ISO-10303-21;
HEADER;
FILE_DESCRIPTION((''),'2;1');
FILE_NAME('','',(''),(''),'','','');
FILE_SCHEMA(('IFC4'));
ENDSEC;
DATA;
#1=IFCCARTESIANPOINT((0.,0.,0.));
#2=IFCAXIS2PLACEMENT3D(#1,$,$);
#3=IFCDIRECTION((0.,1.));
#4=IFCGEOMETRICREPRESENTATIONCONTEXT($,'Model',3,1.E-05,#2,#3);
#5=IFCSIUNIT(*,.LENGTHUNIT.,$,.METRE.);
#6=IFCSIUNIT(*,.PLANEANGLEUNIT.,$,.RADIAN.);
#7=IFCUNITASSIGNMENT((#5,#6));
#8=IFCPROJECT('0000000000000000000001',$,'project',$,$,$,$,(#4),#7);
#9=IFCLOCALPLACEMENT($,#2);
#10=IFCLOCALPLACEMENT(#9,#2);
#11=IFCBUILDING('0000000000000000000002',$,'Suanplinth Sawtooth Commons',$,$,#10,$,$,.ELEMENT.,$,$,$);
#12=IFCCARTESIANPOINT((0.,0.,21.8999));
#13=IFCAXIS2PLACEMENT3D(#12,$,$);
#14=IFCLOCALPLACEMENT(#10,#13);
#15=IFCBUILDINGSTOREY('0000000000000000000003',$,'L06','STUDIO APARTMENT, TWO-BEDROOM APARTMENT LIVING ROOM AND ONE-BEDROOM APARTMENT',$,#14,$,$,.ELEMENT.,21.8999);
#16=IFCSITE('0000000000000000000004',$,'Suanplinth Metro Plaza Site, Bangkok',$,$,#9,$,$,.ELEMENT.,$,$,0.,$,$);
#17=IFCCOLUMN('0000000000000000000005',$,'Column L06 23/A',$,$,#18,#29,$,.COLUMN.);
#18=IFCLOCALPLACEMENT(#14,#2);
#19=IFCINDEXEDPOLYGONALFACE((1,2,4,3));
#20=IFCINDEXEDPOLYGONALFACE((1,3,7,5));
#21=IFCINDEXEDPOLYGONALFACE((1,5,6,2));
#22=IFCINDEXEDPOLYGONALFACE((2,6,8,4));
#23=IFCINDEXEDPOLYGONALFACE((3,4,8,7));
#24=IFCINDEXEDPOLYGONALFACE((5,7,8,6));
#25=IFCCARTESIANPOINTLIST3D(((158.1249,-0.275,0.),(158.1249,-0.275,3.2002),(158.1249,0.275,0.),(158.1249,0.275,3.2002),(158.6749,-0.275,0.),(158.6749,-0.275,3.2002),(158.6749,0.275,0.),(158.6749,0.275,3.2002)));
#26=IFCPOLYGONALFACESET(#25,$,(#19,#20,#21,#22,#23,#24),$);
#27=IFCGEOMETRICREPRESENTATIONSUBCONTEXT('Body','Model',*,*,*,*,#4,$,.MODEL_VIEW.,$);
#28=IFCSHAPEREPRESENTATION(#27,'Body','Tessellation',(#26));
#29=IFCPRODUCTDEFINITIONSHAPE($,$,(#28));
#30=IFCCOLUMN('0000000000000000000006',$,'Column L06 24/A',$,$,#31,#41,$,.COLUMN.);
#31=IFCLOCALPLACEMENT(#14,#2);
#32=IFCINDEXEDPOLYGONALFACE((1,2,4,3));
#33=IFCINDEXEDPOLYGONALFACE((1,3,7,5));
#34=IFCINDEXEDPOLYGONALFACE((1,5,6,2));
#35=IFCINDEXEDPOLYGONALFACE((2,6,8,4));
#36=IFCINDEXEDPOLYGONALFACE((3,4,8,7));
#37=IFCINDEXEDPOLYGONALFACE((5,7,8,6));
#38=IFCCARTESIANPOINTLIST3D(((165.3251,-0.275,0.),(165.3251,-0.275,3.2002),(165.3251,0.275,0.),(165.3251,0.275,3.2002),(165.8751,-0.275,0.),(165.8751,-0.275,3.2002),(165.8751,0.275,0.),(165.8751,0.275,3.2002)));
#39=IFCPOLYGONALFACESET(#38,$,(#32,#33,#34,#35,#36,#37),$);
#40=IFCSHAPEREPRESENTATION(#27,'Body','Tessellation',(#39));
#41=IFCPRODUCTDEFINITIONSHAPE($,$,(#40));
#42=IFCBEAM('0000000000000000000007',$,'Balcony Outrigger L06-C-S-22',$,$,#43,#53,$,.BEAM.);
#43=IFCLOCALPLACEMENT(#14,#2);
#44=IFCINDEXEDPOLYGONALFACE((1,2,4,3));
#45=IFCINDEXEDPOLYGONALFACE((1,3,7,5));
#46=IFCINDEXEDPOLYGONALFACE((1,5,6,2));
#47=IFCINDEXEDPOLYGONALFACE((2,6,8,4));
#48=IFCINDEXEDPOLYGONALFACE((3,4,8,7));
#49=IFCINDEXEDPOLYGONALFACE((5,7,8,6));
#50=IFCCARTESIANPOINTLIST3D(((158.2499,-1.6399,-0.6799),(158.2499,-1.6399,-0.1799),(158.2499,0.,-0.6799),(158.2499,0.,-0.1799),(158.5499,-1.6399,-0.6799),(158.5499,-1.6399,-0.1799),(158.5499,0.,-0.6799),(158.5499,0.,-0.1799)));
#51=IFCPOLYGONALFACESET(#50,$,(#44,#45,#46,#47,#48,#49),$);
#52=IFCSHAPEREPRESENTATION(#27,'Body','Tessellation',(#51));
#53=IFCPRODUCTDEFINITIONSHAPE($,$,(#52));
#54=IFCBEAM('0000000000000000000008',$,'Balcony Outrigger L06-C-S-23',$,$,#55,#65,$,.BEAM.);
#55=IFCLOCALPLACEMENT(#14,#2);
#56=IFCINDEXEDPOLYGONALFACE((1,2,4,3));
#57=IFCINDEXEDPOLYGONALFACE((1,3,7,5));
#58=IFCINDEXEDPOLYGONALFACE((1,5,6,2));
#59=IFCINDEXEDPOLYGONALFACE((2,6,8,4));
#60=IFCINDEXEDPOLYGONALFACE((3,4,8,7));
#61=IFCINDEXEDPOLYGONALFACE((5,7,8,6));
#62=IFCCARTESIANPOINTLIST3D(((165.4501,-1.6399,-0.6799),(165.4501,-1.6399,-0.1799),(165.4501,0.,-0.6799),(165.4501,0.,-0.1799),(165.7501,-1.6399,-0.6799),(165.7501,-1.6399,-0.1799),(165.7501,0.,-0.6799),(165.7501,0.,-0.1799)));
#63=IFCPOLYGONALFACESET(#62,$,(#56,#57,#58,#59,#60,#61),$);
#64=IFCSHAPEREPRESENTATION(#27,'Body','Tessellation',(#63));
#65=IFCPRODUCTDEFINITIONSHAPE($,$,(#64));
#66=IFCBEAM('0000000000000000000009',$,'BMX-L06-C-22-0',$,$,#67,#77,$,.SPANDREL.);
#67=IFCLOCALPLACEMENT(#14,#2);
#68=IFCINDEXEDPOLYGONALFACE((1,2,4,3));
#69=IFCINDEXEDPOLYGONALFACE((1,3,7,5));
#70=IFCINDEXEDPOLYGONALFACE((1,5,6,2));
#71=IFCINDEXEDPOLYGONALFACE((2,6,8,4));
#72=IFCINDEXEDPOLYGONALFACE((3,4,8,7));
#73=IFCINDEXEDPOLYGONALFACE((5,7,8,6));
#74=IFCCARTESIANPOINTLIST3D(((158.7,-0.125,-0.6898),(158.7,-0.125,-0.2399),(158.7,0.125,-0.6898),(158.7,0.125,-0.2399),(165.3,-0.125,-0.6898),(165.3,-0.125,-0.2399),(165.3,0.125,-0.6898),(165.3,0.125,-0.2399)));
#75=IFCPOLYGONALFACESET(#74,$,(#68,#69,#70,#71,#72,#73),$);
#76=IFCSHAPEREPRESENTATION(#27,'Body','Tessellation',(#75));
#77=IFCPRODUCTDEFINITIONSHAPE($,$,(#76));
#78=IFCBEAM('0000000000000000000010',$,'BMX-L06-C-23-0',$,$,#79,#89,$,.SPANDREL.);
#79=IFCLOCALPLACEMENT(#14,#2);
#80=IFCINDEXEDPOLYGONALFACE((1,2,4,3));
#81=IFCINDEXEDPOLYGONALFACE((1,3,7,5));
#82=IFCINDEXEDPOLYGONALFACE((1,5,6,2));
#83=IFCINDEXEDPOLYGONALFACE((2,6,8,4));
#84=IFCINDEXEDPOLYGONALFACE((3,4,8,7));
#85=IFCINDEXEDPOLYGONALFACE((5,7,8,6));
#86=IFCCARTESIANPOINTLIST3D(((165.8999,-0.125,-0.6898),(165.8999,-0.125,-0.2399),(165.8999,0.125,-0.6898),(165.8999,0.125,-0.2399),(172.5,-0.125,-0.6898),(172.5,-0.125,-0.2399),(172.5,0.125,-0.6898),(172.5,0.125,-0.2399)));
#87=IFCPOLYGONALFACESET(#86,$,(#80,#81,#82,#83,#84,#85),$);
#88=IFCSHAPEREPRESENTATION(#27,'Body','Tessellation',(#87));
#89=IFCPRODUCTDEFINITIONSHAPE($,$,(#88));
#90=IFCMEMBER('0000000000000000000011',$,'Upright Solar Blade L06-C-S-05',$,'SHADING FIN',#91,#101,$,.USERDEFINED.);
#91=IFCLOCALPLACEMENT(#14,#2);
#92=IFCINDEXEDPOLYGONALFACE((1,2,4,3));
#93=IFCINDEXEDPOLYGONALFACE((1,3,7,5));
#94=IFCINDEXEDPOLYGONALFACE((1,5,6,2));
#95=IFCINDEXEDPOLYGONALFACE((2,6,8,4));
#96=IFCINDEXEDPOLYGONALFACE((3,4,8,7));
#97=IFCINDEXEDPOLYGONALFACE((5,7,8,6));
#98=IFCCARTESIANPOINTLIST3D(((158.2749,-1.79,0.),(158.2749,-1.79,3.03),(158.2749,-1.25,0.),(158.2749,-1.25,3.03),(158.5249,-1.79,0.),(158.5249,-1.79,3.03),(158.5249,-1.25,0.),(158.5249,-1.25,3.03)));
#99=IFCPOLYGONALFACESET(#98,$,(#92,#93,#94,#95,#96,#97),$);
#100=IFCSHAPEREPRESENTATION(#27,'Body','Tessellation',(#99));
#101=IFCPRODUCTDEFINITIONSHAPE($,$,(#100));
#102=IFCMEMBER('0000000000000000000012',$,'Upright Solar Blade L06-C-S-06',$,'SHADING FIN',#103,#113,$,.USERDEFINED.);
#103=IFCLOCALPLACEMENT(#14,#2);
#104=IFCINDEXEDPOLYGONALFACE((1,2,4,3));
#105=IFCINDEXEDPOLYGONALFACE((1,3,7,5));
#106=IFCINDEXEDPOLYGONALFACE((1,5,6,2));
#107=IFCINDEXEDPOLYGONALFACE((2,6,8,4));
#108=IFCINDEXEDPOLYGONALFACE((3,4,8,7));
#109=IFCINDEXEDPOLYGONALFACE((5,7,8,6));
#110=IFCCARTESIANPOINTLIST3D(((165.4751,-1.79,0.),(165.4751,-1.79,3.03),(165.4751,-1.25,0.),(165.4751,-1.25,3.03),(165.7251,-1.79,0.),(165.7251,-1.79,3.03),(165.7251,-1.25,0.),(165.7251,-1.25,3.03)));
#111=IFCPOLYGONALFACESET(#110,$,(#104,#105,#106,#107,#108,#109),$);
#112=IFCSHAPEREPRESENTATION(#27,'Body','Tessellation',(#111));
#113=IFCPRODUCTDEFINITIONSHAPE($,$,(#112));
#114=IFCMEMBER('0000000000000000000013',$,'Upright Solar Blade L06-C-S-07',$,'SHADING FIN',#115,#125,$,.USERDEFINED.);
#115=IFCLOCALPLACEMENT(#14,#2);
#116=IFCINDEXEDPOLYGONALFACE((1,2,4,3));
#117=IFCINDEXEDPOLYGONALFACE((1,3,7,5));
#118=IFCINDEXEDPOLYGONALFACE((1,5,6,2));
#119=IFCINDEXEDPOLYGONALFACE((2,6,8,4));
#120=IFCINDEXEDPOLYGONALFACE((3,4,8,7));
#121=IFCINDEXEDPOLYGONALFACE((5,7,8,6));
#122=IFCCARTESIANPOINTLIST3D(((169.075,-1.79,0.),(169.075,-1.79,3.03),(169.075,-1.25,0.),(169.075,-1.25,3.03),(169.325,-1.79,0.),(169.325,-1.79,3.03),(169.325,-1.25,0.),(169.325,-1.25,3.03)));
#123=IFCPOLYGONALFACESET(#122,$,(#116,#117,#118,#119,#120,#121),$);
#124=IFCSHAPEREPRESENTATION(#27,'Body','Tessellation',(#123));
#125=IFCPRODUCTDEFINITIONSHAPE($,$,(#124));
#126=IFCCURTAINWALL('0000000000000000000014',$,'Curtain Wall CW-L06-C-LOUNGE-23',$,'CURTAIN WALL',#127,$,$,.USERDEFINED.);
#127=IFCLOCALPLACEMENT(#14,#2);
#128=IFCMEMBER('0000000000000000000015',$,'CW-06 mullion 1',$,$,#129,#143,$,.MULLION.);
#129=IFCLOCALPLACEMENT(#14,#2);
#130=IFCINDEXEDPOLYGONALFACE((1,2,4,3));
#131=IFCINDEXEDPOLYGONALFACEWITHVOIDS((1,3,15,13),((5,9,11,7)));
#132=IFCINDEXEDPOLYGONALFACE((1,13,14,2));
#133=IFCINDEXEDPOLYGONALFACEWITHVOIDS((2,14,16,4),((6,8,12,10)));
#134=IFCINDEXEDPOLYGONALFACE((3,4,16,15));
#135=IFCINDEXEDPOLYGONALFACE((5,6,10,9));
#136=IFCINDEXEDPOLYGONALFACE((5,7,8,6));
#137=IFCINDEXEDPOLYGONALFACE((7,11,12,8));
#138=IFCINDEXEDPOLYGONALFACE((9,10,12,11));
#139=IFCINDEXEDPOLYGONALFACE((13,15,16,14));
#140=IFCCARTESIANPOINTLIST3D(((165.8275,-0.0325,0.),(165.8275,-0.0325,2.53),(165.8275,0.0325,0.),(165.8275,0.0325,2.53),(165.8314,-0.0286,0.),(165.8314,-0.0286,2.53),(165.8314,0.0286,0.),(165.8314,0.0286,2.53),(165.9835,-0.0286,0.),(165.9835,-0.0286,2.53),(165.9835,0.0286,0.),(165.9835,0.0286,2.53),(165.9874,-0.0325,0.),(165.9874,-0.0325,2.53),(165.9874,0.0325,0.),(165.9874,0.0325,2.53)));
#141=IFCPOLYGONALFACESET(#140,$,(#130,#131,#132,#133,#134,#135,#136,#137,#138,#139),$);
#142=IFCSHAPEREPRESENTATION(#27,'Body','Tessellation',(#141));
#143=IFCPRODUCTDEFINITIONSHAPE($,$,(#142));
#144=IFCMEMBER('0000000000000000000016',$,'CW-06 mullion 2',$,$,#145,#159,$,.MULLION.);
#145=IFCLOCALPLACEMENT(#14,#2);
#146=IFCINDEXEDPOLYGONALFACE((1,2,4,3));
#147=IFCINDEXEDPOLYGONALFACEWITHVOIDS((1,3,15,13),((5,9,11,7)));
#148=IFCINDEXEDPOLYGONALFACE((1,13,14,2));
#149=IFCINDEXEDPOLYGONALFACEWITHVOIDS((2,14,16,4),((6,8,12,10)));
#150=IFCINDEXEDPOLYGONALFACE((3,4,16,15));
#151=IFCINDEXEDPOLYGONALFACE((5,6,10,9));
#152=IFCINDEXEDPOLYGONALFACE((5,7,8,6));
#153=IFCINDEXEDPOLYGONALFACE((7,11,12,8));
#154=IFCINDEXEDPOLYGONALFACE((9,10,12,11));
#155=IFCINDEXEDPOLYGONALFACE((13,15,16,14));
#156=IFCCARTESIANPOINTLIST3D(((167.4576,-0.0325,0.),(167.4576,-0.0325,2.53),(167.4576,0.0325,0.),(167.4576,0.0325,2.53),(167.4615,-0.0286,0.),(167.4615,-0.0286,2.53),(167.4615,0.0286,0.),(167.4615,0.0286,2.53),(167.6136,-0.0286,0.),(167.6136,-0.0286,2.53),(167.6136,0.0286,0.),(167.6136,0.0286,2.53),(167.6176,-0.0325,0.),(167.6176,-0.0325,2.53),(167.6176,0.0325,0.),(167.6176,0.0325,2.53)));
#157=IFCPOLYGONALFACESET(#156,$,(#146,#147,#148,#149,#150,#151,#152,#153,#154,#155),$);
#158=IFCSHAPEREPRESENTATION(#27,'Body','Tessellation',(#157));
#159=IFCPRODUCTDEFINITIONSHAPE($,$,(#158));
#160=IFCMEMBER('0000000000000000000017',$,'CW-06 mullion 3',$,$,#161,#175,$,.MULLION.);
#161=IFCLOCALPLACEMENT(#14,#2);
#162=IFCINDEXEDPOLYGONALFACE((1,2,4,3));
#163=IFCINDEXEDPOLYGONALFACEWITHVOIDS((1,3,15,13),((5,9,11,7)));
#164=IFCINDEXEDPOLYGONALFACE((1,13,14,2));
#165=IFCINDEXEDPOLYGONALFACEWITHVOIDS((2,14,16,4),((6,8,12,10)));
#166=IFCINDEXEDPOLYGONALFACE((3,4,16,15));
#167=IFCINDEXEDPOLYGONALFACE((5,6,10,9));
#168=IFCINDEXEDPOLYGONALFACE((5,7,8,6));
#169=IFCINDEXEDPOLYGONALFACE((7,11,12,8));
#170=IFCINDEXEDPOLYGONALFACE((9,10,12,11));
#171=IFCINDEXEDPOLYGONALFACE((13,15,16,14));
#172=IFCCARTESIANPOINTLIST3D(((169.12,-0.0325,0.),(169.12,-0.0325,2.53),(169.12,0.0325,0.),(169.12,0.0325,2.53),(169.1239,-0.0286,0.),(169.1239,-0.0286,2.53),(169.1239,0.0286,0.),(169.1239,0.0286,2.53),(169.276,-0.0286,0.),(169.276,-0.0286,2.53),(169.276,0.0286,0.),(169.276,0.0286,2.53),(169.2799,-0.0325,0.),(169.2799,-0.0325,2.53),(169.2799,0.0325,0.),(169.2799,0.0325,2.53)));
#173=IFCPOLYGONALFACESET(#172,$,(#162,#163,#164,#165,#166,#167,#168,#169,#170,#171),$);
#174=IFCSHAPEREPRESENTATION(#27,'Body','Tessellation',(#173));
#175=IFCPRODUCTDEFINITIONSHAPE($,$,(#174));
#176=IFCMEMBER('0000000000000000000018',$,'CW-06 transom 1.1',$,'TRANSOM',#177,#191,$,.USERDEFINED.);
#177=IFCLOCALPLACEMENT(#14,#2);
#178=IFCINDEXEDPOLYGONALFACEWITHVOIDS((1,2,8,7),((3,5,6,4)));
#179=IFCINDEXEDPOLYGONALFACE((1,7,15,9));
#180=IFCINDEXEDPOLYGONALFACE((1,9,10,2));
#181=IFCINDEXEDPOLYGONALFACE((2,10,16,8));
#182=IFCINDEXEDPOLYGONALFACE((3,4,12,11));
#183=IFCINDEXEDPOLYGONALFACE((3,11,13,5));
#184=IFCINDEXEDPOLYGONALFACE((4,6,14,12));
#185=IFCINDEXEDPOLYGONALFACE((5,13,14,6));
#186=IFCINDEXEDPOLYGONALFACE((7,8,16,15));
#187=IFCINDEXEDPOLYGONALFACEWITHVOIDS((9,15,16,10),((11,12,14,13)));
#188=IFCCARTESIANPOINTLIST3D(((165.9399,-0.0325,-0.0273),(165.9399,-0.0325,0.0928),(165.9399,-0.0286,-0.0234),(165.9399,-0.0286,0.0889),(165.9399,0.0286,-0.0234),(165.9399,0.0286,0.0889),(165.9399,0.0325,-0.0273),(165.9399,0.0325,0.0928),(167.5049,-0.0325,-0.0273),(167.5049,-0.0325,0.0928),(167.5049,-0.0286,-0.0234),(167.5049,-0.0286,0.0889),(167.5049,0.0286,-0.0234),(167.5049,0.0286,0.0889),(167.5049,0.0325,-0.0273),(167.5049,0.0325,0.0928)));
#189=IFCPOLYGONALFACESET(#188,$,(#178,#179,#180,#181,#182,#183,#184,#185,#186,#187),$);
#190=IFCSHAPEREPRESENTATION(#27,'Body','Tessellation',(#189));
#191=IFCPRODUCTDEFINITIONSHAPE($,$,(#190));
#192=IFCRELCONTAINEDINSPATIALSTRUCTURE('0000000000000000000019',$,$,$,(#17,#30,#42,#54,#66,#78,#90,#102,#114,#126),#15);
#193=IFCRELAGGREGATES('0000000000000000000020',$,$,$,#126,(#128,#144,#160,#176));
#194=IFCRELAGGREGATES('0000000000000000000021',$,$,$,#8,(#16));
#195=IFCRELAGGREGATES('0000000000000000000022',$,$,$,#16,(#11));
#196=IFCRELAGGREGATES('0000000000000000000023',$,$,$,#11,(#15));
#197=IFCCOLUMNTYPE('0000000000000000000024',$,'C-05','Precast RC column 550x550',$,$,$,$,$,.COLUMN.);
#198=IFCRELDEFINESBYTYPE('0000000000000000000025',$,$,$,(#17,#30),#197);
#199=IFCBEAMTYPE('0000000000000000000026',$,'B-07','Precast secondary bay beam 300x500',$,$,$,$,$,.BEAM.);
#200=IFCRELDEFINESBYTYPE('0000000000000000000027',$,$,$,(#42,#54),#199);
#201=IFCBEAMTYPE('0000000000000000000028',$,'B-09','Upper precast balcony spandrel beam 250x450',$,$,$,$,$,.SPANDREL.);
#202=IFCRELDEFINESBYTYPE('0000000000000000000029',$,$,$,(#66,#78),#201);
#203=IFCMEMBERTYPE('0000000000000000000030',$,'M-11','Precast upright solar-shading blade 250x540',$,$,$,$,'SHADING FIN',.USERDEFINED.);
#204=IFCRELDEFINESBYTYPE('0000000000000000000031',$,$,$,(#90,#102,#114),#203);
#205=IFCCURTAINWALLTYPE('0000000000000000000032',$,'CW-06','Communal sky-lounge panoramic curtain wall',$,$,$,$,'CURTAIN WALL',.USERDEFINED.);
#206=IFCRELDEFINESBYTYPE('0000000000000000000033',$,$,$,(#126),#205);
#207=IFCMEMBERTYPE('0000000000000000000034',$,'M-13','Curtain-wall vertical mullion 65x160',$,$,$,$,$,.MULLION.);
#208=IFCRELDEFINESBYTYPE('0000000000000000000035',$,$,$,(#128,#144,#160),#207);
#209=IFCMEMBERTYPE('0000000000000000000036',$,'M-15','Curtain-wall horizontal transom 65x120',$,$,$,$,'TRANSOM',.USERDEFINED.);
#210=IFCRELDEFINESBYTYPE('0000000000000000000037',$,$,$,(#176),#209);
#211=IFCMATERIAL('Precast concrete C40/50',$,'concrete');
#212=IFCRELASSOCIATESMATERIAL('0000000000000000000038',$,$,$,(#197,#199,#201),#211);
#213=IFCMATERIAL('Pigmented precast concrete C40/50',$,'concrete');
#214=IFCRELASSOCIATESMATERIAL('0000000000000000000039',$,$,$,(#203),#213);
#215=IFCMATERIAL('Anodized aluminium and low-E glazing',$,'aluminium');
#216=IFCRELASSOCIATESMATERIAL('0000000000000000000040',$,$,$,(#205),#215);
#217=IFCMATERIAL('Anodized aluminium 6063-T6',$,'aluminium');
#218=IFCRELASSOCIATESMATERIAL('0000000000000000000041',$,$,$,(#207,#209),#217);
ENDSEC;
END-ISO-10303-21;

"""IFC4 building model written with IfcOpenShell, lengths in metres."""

from ifc_helpers import new_model, si_unit, direction, frame, origin, origin_2d, place, context, subcontext, project, spatial, rectangle, hollow_rectangle, extrude, material, material_profile, profile_set, type_object, element, aggregate, save


model = new_model("IFC4")

# Units and contexts
model_context = context("Model", 3, precision=1e-05, world=origin(), true_north=direction((0.0, 1.0)))
body_context = subcontext(model_context, "Body", "Model", "MODEL_VIEW")
ifc_project = project(units=[si_unit("LENGTHUNIT", "METRE"), si_unit("PLANEANGLEUNIT", "RADIAN")], contexts=[model_context])

# Site, building, storey
site_placement = place(None, origin())
site = spatial("IfcSite", under=ifc_project, at=site_placement, Name="Suanplinth Metro Plaza Site, Bangkok", CompositionType="ELEMENT", RefElevation=0.0)
building_placement = place(site_placement, origin())
building = spatial("IfcBuilding", under=site, at=building_placement, Name="Suanplinth Sawtooth Commons", CompositionType="ELEMENT")
storey_placement = place(building_placement, frame((0.0, 0.0, 21.8999)))
storey = spatial("IfcBuildingStorey", under=building, at=storey_placement, Name="L06", Description="STUDIO APARTMENT, TWO-BEDROOM APARTMENT LIVING ROOM AND ONE-BEDROOM APARTMENT", CompositionType="ELEMENT", Elevation=21.8999)

# Columns
ifc_material_1 = material(Name="Precast concrete C40/50", Category="concrete")
ifc_material_profile_1 = material_profile(ifc_material_1, rectangle(XDim=0.55, YDim=0.55, at=origin_2d()), Name="PC-COL 550x550")
ifc_profile_set_1 = profile_set([ifc_material_profile_1], Name="Precast concrete C40/50")
column_type = type_object("IfcColumnType", Name="C-05", Description="Precast RC column 550x550", PredefinedType="COLUMN", material=ifc_profile_set_1)
for number, where, z_axis, x_axis, name in (
    (1, (158.3999, 0.0, 0.0), (0.0, 0.0, 1.0), (1.0, 0.0, 0.0), "Column L06 23/A"),
    (2, (165.6001, 0.0, 0.0), (0.0, 0.0, 1.0), (1.0, 0.0, 0.0), "Column L06 24/A"),
):
    element("IfcColumn", number, at=place(storey_placement, frame(where, z_axis=z_axis, x_axis=x_axis)), inside=storey, type_object=column_type, Name=name, PredefinedType="COLUMN", context=body_context, shape_type="SweptSolid", body=[
        extrude(rectangle(XDim=0.55, YDim=0.55, at=origin_2d()), origin(), (0.0, 0.0, 1.0), 3.2002),
    ])

# Beams
ifc_material_profile_2 = material_profile(ifc_material_1, rectangle(XDim=0.3, YDim=0.5, at=origin_2d()), Name="PC-BM 300x500")
ifc_profile_set_2 = profile_set([ifc_material_profile_2], Name="Precast concrete C40/50")
beam_type_1 = type_object("IfcBeamType", Name="B-07", Description="Precast secondary bay beam 300x500", PredefinedType="BEAM", material=ifc_profile_set_2)
for number, where, z_axis, x_axis, name in (
    (3, (158.3999, 0.0, -0.4299), (0.0, -1.0, 0.0), (1.0, 0.0, 0.0), "Balcony Outrigger L06-C-S-22"),
    (4, (165.6001, 0.0, -0.4299), (0.0, -1.0, 0.0), (1.0, 0.0, 0.0), "Balcony Outrigger L06-C-S-23"),
):
    element("IfcBeam", number, at=place(storey_placement, frame(where, z_axis=z_axis, x_axis=x_axis)), inside=storey, type_object=beam_type_1, Name=name, PredefinedType="BEAM", context=body_context, shape_type="SweptSolid", body=[
        extrude(rectangle(XDim=0.3, YDim=0.5, at=origin_2d()), origin(), (0.0, 0.0, 1.0), 1.6399),
    ])
ifc_material_profile_3 = material_profile(ifc_material_1, rectangle(XDim=0.25, YDim=0.45, at=origin_2d()), Name="PC-SP 250x450")
ifc_profile_set_3 = profile_set([ifc_material_profile_3], Name="Precast concrete C40/50")
beam_type_2 = type_object("IfcBeamType", Name="B-09", Description="Upper precast balcony spandrel beam 250x450", PredefinedType="SPANDREL", material=ifc_profile_set_3)
for number, where, z_axis, x_axis, name in (
    (5, (158.7, 0.0, -0.4648), (1.0, 0.0, 0.0), (0.0, 1.0, 0.0), "BMX-L06-C-22-0"),
    (6, (165.8999, 0.0, -0.4648), (1.0, 0.0, 0.0), (0.0, 1.0, 0.0), "BMX-L06-C-23-0"),
):
    element("IfcBeam", number, at=place(storey_placement, frame(where, z_axis=z_axis, x_axis=x_axis)), inside=storey, type_object=beam_type_2, Name=name, PredefinedType="SPANDREL", context=body_context, shape_type="SweptSolid", body=[
        extrude(rectangle(XDim=0.25, YDim=0.45, at=origin_2d()), origin(), (0.0, 0.0, 1.0), 6.6001),
    ])

# Members
ifc_material_2 = material(Name="Pigmented precast concrete C40/50", Category="concrete")
ifc_material_profile_4 = material_profile(ifc_material_2, rectangle(XDim=0.25, YDim=0.54, at=origin_2d()), Name="PC-FIN 250x540")
ifc_profile_set_4 = profile_set([ifc_material_profile_4], Name="Pigmented precast concrete C40/50")
member_type_1 = type_object("IfcMemberType", Name="M-11", Description="Precast upright solar-shading blade 250x540", ElementType="SHADING FIN", PredefinedType="USERDEFINED", material=ifc_profile_set_4)
for number, where, z_axis, x_axis, name in (
    (7, (158.3999, -1.52, 0.0), (0.0, 0.0, 1.0), (1.0, 0.0, 0.0), "Upright Solar Blade L06-C-S-05"),
    (8, (165.6001, -1.52, 0.0), (0.0, 0.0, 1.0), (1.0, 0.0, 0.0), "Upright Solar Blade L06-C-S-06"),
    (9, (169.2, -1.52, 0.0), (0.0, 0.0, 1.0), (1.0, 0.0, 0.0), "Upright Solar Blade L06-C-S-07"),
):
    element("IfcMember", number, at=place(storey_placement, frame(where, z_axis=z_axis, x_axis=x_axis)), inside=storey, type_object=member_type_1, Name=name, ObjectType="SHADING FIN", PredefinedType="USERDEFINED", context=body_context, shape_type="SweptSolid", body=[
        extrude(rectangle(XDim=0.25, YDim=0.54, at=origin_2d()), origin(), (0.0, 0.0, 1.0), 3.03),
    ])

# Curtain wall, members
ifc_material_3 = material(Name="Anodized aluminium and low-E glazing", Category="aluminium")
curtain_wall_type = type_object("IfcCurtainWallType", Name="CW-06", Description="Communal sky-lounge panoramic curtain wall", ElementType="CURTAIN WALL", PredefinedType="USERDEFINED", material=ifc_material_3)
curtain_wall_placement = place(storey_placement, origin())
curtain_wall = element("IfcCurtainWall", 10, at=curtain_wall_placement, inside=storey, type_object=curtain_wall_type, Name="Curtain Wall CW-L06-C-LOUNGE-23", ObjectType="CURTAIN WALL", PredefinedType="USERDEFINED")
ifc_material_4 = material(Name="Anodized aluminium 6063-T6", Category="aluminium")
ifc_material_profile_5 = material_profile(ifc_material_4, hollow_rectangle(XDim=0.0649, YDim=0.1599, WallThickness=0.0039, at=origin_2d()), Name="ALU-MUL 65x160")
ifc_profile_set_5 = profile_set([ifc_material_profile_5], Name="Anodized aluminium 6063-T6")
member_type_2 = type_object("IfcMemberType", Name="M-13", Description="Curtain-wall vertical mullion 65x160", PredefinedType="MULLION", material=ifc_profile_set_5)
member_1_placement = place(storey_placement, frame((165.9075, 0.0, 0.0), z_axis=(0.0, 0.0, 1.0), x_axis=(0.0, 1.0, 0.0)))
member_1 = element("IfcMember", 11, at=member_1_placement, type_object=member_type_2, Name="CW-06 mullion 1", PredefinedType="MULLION", context=body_context, shape_type="SweptSolid", body=[
    extrude(hollow_rectangle(XDim=0.0649, YDim=0.1599, WallThickness=0.0039, at=origin_2d()), origin(), (0.0, 0.0, 1.0), 2.53),
])
member_2_placement = place(storey_placement, frame((167.5376, 0.0, 0.0), z_axis=(0.0, 0.0, 1.0), x_axis=(0.0, 1.0, 0.0)))
member_2 = element("IfcMember", 12, at=member_2_placement, type_object=member_type_2, Name="CW-06 mullion 2", PredefinedType="MULLION", context=body_context, shape_type="SweptSolid", body=[
    extrude(hollow_rectangle(XDim=0.0649, YDim=0.1599, WallThickness=0.0039, at=origin_2d()), origin(), (0.0, 0.0, 1.0), 2.53),
])
member_3_placement = place(storey_placement, frame((169.2, 0.0, 0.0), z_axis=(0.0, 0.0, 1.0), x_axis=(0.0, 1.0, 0.0)))
member_3 = element("IfcMember", 13, at=member_3_placement, type_object=member_type_2, Name="CW-06 mullion 3", PredefinedType="MULLION", context=body_context, shape_type="SweptSolid", body=[
    extrude(hollow_rectangle(XDim=0.0649, YDim=0.1599, WallThickness=0.0039, at=origin_2d()), origin(), (0.0, 0.0, 1.0), 2.53),
])
ifc_material_profile_6 = material_profile(ifc_material_4, hollow_rectangle(XDim=0.0649, YDim=0.1201, WallThickness=0.0039, at=origin_2d()), Name="ALU-TRN 65x120")
ifc_profile_set_6 = profile_set([ifc_material_profile_6], Name="Anodized aluminium 6063-T6")
member_type_3 = type_object("IfcMemberType", Name="M-15", Description="Curtain-wall horizontal transom 65x120", ElementType="TRANSOM", PredefinedType="USERDEFINED", material=ifc_profile_set_6)
member_4_placement = place(storey_placement, frame((165.9399, 0.0, 0.0327), z_axis=(1.0, 0.0, 0.0), x_axis=(0.0, 1.0, 0.0)))
member_4 = element("IfcMember", 14, at=member_4_placement, type_object=member_type_3, Name="CW-06 transom 1.1", ObjectType="TRANSOM", PredefinedType="USERDEFINED", context=body_context, shape_type="SweptSolid", body=[
    extrude(hollow_rectangle(XDim=0.0649, YDim=0.1201, WallThickness=0.0039, at=origin_2d()), origin(), (0.0, 0.0, 1.0), 1.5649),
])
aggregate(curtain_wall, [member_1, member_2, member_3, member_4])

save(model, "model.ifc")
